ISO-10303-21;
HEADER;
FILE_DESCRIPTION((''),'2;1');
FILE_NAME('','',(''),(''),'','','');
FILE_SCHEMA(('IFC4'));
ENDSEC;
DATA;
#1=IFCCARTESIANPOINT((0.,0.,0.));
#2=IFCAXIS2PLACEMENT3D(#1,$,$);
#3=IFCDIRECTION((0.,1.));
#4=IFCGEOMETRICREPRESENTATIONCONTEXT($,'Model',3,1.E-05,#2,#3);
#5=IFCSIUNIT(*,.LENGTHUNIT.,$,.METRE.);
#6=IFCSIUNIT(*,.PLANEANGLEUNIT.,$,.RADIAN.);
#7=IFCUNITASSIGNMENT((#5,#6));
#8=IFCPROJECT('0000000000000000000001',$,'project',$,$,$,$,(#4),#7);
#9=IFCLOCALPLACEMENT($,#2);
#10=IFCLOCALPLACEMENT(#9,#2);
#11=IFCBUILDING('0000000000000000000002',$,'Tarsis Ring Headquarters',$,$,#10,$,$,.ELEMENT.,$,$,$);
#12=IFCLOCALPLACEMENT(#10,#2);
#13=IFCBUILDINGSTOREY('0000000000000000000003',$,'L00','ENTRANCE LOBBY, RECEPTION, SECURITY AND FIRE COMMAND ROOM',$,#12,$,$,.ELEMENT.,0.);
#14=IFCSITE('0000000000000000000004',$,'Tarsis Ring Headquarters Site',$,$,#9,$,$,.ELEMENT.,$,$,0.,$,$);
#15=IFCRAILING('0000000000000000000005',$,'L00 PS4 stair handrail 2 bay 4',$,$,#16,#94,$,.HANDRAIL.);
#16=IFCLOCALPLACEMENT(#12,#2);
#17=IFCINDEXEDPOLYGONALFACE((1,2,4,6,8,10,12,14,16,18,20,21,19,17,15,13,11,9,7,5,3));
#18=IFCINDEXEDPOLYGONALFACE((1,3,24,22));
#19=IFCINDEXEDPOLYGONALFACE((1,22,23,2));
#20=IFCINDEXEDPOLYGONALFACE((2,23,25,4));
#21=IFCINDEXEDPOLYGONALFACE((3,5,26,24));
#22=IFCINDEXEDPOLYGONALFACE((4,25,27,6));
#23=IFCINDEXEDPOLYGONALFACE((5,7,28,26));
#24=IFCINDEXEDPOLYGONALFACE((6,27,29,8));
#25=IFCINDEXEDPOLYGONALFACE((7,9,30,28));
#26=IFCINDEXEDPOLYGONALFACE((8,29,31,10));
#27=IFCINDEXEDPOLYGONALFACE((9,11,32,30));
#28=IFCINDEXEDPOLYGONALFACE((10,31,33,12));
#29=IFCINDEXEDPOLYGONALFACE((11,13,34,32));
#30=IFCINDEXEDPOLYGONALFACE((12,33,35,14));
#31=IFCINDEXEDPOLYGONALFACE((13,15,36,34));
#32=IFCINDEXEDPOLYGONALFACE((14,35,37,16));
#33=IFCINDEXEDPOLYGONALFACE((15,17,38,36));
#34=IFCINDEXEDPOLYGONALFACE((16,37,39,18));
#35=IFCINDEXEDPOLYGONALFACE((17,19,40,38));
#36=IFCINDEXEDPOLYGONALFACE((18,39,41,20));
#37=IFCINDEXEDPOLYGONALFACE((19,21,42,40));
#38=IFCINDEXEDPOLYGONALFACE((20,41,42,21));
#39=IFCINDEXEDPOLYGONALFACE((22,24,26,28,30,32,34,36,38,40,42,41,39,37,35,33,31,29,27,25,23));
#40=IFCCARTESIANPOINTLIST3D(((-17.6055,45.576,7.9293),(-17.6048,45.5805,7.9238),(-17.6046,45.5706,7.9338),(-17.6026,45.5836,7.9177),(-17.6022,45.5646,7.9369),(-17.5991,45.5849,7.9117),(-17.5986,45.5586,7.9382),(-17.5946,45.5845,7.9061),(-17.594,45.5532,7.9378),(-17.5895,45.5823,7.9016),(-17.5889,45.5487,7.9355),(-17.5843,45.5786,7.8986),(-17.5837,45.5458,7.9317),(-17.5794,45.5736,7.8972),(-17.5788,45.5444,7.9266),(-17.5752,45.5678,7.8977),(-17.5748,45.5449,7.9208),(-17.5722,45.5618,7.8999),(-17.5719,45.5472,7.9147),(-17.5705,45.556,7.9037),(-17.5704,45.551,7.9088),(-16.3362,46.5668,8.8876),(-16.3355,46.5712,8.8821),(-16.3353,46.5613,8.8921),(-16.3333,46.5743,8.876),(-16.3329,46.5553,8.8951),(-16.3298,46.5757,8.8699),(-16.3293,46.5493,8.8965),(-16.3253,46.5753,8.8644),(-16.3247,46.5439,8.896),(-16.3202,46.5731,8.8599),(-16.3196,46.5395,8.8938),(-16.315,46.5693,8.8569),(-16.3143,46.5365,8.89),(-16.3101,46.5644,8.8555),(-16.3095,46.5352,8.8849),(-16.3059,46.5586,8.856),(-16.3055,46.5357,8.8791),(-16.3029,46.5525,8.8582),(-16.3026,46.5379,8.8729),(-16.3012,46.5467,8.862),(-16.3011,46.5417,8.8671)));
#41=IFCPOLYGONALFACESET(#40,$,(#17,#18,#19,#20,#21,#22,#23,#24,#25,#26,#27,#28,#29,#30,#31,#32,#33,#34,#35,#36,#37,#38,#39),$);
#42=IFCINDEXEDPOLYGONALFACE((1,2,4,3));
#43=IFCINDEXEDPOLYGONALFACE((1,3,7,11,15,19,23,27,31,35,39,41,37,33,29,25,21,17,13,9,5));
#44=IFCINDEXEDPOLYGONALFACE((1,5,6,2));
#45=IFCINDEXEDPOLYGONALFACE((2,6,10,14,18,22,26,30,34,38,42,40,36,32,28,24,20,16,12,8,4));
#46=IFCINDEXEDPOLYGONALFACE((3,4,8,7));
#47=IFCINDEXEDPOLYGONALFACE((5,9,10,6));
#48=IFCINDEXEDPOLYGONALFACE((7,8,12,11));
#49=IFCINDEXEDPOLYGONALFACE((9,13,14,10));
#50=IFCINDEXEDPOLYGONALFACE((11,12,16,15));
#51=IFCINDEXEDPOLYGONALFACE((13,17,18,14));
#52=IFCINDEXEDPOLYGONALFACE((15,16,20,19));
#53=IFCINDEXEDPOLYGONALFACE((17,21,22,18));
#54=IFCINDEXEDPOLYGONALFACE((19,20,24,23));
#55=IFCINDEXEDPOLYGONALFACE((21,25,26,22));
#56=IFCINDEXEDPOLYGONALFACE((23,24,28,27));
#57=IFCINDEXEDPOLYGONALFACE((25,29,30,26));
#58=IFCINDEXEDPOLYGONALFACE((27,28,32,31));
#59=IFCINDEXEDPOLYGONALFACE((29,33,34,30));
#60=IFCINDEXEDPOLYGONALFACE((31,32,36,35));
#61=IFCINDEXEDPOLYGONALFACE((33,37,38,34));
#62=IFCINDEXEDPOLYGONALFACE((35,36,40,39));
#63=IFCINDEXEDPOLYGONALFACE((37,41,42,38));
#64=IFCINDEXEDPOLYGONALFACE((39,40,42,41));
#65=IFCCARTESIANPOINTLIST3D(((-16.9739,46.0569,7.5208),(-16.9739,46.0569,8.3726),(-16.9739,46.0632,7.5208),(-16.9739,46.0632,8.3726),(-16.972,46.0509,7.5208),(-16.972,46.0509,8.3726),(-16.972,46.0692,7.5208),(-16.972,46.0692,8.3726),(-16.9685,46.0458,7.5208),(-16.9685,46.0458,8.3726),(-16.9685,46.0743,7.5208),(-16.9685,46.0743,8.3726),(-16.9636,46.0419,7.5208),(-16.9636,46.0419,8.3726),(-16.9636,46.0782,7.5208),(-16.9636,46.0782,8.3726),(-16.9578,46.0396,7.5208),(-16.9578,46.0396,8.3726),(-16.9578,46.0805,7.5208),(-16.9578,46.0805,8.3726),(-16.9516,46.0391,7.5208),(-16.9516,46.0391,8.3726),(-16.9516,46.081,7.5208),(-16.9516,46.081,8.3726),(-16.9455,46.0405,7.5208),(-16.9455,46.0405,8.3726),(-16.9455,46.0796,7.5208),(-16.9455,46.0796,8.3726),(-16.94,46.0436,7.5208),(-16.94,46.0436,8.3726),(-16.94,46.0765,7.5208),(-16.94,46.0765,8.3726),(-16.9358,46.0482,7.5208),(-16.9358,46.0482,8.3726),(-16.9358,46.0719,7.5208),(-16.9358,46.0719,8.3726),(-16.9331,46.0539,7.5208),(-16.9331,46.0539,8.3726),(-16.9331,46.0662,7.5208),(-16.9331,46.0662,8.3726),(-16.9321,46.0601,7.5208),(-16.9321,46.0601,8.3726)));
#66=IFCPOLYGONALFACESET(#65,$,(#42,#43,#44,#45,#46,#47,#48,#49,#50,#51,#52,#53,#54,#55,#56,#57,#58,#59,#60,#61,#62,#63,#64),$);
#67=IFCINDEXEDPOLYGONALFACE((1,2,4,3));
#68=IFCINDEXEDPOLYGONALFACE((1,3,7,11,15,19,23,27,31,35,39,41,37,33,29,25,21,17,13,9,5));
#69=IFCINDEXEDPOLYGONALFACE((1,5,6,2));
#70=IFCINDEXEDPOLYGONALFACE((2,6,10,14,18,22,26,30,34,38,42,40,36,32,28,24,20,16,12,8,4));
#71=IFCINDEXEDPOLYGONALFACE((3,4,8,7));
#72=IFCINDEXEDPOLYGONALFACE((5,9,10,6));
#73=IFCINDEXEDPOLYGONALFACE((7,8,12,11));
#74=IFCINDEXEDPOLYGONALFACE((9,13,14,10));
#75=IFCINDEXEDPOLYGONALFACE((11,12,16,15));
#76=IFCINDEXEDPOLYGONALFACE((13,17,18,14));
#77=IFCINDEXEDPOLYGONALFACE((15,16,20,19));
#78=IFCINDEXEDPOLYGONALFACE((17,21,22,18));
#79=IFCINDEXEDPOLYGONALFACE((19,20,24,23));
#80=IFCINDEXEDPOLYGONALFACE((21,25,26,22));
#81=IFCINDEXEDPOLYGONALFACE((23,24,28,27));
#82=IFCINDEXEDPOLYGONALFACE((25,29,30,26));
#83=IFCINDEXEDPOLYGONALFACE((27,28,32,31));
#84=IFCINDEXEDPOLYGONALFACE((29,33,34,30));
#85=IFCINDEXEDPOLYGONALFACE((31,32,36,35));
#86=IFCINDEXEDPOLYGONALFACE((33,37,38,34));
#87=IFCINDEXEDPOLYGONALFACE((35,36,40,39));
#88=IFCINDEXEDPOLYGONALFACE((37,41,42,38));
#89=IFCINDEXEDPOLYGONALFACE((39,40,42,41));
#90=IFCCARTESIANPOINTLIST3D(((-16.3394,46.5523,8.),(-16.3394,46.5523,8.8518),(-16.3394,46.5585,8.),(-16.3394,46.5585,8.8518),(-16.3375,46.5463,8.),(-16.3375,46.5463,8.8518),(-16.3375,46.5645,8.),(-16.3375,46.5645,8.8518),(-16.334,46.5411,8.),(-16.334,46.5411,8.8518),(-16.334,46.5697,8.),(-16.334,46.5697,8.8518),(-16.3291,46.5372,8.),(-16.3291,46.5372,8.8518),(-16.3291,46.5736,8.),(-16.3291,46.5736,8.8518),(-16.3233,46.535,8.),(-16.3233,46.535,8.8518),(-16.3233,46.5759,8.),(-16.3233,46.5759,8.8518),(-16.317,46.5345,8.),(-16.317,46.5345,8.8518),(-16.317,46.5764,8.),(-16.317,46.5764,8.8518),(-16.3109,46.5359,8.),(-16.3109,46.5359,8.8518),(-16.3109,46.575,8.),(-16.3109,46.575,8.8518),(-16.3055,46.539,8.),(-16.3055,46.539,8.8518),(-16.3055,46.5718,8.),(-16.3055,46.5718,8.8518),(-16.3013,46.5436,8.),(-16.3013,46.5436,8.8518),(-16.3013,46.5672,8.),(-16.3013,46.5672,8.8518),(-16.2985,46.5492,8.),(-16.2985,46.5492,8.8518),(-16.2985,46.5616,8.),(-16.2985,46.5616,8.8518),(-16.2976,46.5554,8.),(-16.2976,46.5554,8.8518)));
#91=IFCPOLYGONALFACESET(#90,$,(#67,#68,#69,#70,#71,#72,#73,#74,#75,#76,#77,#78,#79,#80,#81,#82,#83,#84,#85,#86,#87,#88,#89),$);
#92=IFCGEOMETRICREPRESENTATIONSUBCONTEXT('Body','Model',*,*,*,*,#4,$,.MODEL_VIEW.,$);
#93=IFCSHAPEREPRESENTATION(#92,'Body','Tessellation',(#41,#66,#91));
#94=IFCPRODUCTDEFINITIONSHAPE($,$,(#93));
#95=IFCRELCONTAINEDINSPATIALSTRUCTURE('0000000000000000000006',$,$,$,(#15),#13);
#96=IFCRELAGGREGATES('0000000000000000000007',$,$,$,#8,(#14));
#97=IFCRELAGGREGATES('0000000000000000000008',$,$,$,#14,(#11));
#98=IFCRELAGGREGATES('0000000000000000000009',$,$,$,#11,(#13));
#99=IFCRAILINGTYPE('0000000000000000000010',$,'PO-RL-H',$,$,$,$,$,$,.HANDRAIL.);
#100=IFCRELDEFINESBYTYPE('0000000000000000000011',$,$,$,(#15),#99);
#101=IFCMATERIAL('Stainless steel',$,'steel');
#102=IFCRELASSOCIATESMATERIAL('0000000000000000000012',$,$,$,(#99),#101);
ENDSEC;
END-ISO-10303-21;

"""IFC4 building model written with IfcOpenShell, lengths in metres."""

from ifc_helpers import new_model, si_unit, direction, frame, origin, origin_2d, place, context, subcontext, project, spatial, circle, extrude, material, type_object, element, save


model = new_model("IFC4")

# Units and contexts
model_context = context("Model", 3, precision=1e-05, world=origin(), true_north=direction((0.0, 1.0)))
body_context = subcontext(model_context, "Body", "Model", "MODEL_VIEW")
ifc_project = project(units=[si_unit("LENGTHUNIT", "METRE"), si_unit("PLANEANGLEUNIT", "RADIAN")], contexts=[model_context])

# Site, building, storey
site_placement = place(None, origin())
site = spatial("IfcSite", under=ifc_project, at=site_placement, Name="Tarsis Ring Headquarters Site", CompositionType="ELEMENT", RefElevation=0.0)
building_placement = place(site_placement, origin())
building = spatial("IfcBuilding", under=site, at=building_placement, Name="Tarsis Ring Headquarters", CompositionType="ELEMENT")
storey_placement = place(building_placement, origin())
storey = spatial("IfcBuildingStorey", under=building, at=storey_placement, Name="L00", Description="ENTRANCE LOBBY, RECEPTION, SECURITY AND FIRE COMMAND ROOM", CompositionType="ELEMENT", Elevation=0.0)

# Railing
ifc_material_1 = material(Name="Stainless steel", Category="steel")
railing_type = type_object("IfcRailingType", Name="PO-RL-H", PredefinedType="HANDRAIL", material=ifc_material_1)
railing_1_placement = place(storey_placement, frame((-17.5879, 45.5647, 7.0417)))
element("IfcRailing", 1, at=railing_1_placement, inside=storey, type_object=railing_type, Name="L00 PS4 stair handrail 2 bay 4", PredefinedType="HANDRAIL", context=body_context, shape_type="SweptSolid", body=[
    extrude(circle(Radius=0.0239, at=origin_2d()), frame((0.0, 0.0, 0.876), z_axis=(0.677412, 0.528743, 0.511414), x_axis=(-0.615294, 0.788298, 0.0)), (0.0, 0.0, 1.0), 1.8738),
    extrude(circle(Radius=0.021, at=origin_2d()), frame((0.6348, 0.4954, 0.479)), (0.0, 0.0, 1.0), 0.8518),
    extrude(circle(Radius=0.021, at=origin_2d()), frame((1.2693, 0.9907, 0.9583)), (0.0, 0.0, 1.0), 0.8518),
])

save(model, "model.ifc")
